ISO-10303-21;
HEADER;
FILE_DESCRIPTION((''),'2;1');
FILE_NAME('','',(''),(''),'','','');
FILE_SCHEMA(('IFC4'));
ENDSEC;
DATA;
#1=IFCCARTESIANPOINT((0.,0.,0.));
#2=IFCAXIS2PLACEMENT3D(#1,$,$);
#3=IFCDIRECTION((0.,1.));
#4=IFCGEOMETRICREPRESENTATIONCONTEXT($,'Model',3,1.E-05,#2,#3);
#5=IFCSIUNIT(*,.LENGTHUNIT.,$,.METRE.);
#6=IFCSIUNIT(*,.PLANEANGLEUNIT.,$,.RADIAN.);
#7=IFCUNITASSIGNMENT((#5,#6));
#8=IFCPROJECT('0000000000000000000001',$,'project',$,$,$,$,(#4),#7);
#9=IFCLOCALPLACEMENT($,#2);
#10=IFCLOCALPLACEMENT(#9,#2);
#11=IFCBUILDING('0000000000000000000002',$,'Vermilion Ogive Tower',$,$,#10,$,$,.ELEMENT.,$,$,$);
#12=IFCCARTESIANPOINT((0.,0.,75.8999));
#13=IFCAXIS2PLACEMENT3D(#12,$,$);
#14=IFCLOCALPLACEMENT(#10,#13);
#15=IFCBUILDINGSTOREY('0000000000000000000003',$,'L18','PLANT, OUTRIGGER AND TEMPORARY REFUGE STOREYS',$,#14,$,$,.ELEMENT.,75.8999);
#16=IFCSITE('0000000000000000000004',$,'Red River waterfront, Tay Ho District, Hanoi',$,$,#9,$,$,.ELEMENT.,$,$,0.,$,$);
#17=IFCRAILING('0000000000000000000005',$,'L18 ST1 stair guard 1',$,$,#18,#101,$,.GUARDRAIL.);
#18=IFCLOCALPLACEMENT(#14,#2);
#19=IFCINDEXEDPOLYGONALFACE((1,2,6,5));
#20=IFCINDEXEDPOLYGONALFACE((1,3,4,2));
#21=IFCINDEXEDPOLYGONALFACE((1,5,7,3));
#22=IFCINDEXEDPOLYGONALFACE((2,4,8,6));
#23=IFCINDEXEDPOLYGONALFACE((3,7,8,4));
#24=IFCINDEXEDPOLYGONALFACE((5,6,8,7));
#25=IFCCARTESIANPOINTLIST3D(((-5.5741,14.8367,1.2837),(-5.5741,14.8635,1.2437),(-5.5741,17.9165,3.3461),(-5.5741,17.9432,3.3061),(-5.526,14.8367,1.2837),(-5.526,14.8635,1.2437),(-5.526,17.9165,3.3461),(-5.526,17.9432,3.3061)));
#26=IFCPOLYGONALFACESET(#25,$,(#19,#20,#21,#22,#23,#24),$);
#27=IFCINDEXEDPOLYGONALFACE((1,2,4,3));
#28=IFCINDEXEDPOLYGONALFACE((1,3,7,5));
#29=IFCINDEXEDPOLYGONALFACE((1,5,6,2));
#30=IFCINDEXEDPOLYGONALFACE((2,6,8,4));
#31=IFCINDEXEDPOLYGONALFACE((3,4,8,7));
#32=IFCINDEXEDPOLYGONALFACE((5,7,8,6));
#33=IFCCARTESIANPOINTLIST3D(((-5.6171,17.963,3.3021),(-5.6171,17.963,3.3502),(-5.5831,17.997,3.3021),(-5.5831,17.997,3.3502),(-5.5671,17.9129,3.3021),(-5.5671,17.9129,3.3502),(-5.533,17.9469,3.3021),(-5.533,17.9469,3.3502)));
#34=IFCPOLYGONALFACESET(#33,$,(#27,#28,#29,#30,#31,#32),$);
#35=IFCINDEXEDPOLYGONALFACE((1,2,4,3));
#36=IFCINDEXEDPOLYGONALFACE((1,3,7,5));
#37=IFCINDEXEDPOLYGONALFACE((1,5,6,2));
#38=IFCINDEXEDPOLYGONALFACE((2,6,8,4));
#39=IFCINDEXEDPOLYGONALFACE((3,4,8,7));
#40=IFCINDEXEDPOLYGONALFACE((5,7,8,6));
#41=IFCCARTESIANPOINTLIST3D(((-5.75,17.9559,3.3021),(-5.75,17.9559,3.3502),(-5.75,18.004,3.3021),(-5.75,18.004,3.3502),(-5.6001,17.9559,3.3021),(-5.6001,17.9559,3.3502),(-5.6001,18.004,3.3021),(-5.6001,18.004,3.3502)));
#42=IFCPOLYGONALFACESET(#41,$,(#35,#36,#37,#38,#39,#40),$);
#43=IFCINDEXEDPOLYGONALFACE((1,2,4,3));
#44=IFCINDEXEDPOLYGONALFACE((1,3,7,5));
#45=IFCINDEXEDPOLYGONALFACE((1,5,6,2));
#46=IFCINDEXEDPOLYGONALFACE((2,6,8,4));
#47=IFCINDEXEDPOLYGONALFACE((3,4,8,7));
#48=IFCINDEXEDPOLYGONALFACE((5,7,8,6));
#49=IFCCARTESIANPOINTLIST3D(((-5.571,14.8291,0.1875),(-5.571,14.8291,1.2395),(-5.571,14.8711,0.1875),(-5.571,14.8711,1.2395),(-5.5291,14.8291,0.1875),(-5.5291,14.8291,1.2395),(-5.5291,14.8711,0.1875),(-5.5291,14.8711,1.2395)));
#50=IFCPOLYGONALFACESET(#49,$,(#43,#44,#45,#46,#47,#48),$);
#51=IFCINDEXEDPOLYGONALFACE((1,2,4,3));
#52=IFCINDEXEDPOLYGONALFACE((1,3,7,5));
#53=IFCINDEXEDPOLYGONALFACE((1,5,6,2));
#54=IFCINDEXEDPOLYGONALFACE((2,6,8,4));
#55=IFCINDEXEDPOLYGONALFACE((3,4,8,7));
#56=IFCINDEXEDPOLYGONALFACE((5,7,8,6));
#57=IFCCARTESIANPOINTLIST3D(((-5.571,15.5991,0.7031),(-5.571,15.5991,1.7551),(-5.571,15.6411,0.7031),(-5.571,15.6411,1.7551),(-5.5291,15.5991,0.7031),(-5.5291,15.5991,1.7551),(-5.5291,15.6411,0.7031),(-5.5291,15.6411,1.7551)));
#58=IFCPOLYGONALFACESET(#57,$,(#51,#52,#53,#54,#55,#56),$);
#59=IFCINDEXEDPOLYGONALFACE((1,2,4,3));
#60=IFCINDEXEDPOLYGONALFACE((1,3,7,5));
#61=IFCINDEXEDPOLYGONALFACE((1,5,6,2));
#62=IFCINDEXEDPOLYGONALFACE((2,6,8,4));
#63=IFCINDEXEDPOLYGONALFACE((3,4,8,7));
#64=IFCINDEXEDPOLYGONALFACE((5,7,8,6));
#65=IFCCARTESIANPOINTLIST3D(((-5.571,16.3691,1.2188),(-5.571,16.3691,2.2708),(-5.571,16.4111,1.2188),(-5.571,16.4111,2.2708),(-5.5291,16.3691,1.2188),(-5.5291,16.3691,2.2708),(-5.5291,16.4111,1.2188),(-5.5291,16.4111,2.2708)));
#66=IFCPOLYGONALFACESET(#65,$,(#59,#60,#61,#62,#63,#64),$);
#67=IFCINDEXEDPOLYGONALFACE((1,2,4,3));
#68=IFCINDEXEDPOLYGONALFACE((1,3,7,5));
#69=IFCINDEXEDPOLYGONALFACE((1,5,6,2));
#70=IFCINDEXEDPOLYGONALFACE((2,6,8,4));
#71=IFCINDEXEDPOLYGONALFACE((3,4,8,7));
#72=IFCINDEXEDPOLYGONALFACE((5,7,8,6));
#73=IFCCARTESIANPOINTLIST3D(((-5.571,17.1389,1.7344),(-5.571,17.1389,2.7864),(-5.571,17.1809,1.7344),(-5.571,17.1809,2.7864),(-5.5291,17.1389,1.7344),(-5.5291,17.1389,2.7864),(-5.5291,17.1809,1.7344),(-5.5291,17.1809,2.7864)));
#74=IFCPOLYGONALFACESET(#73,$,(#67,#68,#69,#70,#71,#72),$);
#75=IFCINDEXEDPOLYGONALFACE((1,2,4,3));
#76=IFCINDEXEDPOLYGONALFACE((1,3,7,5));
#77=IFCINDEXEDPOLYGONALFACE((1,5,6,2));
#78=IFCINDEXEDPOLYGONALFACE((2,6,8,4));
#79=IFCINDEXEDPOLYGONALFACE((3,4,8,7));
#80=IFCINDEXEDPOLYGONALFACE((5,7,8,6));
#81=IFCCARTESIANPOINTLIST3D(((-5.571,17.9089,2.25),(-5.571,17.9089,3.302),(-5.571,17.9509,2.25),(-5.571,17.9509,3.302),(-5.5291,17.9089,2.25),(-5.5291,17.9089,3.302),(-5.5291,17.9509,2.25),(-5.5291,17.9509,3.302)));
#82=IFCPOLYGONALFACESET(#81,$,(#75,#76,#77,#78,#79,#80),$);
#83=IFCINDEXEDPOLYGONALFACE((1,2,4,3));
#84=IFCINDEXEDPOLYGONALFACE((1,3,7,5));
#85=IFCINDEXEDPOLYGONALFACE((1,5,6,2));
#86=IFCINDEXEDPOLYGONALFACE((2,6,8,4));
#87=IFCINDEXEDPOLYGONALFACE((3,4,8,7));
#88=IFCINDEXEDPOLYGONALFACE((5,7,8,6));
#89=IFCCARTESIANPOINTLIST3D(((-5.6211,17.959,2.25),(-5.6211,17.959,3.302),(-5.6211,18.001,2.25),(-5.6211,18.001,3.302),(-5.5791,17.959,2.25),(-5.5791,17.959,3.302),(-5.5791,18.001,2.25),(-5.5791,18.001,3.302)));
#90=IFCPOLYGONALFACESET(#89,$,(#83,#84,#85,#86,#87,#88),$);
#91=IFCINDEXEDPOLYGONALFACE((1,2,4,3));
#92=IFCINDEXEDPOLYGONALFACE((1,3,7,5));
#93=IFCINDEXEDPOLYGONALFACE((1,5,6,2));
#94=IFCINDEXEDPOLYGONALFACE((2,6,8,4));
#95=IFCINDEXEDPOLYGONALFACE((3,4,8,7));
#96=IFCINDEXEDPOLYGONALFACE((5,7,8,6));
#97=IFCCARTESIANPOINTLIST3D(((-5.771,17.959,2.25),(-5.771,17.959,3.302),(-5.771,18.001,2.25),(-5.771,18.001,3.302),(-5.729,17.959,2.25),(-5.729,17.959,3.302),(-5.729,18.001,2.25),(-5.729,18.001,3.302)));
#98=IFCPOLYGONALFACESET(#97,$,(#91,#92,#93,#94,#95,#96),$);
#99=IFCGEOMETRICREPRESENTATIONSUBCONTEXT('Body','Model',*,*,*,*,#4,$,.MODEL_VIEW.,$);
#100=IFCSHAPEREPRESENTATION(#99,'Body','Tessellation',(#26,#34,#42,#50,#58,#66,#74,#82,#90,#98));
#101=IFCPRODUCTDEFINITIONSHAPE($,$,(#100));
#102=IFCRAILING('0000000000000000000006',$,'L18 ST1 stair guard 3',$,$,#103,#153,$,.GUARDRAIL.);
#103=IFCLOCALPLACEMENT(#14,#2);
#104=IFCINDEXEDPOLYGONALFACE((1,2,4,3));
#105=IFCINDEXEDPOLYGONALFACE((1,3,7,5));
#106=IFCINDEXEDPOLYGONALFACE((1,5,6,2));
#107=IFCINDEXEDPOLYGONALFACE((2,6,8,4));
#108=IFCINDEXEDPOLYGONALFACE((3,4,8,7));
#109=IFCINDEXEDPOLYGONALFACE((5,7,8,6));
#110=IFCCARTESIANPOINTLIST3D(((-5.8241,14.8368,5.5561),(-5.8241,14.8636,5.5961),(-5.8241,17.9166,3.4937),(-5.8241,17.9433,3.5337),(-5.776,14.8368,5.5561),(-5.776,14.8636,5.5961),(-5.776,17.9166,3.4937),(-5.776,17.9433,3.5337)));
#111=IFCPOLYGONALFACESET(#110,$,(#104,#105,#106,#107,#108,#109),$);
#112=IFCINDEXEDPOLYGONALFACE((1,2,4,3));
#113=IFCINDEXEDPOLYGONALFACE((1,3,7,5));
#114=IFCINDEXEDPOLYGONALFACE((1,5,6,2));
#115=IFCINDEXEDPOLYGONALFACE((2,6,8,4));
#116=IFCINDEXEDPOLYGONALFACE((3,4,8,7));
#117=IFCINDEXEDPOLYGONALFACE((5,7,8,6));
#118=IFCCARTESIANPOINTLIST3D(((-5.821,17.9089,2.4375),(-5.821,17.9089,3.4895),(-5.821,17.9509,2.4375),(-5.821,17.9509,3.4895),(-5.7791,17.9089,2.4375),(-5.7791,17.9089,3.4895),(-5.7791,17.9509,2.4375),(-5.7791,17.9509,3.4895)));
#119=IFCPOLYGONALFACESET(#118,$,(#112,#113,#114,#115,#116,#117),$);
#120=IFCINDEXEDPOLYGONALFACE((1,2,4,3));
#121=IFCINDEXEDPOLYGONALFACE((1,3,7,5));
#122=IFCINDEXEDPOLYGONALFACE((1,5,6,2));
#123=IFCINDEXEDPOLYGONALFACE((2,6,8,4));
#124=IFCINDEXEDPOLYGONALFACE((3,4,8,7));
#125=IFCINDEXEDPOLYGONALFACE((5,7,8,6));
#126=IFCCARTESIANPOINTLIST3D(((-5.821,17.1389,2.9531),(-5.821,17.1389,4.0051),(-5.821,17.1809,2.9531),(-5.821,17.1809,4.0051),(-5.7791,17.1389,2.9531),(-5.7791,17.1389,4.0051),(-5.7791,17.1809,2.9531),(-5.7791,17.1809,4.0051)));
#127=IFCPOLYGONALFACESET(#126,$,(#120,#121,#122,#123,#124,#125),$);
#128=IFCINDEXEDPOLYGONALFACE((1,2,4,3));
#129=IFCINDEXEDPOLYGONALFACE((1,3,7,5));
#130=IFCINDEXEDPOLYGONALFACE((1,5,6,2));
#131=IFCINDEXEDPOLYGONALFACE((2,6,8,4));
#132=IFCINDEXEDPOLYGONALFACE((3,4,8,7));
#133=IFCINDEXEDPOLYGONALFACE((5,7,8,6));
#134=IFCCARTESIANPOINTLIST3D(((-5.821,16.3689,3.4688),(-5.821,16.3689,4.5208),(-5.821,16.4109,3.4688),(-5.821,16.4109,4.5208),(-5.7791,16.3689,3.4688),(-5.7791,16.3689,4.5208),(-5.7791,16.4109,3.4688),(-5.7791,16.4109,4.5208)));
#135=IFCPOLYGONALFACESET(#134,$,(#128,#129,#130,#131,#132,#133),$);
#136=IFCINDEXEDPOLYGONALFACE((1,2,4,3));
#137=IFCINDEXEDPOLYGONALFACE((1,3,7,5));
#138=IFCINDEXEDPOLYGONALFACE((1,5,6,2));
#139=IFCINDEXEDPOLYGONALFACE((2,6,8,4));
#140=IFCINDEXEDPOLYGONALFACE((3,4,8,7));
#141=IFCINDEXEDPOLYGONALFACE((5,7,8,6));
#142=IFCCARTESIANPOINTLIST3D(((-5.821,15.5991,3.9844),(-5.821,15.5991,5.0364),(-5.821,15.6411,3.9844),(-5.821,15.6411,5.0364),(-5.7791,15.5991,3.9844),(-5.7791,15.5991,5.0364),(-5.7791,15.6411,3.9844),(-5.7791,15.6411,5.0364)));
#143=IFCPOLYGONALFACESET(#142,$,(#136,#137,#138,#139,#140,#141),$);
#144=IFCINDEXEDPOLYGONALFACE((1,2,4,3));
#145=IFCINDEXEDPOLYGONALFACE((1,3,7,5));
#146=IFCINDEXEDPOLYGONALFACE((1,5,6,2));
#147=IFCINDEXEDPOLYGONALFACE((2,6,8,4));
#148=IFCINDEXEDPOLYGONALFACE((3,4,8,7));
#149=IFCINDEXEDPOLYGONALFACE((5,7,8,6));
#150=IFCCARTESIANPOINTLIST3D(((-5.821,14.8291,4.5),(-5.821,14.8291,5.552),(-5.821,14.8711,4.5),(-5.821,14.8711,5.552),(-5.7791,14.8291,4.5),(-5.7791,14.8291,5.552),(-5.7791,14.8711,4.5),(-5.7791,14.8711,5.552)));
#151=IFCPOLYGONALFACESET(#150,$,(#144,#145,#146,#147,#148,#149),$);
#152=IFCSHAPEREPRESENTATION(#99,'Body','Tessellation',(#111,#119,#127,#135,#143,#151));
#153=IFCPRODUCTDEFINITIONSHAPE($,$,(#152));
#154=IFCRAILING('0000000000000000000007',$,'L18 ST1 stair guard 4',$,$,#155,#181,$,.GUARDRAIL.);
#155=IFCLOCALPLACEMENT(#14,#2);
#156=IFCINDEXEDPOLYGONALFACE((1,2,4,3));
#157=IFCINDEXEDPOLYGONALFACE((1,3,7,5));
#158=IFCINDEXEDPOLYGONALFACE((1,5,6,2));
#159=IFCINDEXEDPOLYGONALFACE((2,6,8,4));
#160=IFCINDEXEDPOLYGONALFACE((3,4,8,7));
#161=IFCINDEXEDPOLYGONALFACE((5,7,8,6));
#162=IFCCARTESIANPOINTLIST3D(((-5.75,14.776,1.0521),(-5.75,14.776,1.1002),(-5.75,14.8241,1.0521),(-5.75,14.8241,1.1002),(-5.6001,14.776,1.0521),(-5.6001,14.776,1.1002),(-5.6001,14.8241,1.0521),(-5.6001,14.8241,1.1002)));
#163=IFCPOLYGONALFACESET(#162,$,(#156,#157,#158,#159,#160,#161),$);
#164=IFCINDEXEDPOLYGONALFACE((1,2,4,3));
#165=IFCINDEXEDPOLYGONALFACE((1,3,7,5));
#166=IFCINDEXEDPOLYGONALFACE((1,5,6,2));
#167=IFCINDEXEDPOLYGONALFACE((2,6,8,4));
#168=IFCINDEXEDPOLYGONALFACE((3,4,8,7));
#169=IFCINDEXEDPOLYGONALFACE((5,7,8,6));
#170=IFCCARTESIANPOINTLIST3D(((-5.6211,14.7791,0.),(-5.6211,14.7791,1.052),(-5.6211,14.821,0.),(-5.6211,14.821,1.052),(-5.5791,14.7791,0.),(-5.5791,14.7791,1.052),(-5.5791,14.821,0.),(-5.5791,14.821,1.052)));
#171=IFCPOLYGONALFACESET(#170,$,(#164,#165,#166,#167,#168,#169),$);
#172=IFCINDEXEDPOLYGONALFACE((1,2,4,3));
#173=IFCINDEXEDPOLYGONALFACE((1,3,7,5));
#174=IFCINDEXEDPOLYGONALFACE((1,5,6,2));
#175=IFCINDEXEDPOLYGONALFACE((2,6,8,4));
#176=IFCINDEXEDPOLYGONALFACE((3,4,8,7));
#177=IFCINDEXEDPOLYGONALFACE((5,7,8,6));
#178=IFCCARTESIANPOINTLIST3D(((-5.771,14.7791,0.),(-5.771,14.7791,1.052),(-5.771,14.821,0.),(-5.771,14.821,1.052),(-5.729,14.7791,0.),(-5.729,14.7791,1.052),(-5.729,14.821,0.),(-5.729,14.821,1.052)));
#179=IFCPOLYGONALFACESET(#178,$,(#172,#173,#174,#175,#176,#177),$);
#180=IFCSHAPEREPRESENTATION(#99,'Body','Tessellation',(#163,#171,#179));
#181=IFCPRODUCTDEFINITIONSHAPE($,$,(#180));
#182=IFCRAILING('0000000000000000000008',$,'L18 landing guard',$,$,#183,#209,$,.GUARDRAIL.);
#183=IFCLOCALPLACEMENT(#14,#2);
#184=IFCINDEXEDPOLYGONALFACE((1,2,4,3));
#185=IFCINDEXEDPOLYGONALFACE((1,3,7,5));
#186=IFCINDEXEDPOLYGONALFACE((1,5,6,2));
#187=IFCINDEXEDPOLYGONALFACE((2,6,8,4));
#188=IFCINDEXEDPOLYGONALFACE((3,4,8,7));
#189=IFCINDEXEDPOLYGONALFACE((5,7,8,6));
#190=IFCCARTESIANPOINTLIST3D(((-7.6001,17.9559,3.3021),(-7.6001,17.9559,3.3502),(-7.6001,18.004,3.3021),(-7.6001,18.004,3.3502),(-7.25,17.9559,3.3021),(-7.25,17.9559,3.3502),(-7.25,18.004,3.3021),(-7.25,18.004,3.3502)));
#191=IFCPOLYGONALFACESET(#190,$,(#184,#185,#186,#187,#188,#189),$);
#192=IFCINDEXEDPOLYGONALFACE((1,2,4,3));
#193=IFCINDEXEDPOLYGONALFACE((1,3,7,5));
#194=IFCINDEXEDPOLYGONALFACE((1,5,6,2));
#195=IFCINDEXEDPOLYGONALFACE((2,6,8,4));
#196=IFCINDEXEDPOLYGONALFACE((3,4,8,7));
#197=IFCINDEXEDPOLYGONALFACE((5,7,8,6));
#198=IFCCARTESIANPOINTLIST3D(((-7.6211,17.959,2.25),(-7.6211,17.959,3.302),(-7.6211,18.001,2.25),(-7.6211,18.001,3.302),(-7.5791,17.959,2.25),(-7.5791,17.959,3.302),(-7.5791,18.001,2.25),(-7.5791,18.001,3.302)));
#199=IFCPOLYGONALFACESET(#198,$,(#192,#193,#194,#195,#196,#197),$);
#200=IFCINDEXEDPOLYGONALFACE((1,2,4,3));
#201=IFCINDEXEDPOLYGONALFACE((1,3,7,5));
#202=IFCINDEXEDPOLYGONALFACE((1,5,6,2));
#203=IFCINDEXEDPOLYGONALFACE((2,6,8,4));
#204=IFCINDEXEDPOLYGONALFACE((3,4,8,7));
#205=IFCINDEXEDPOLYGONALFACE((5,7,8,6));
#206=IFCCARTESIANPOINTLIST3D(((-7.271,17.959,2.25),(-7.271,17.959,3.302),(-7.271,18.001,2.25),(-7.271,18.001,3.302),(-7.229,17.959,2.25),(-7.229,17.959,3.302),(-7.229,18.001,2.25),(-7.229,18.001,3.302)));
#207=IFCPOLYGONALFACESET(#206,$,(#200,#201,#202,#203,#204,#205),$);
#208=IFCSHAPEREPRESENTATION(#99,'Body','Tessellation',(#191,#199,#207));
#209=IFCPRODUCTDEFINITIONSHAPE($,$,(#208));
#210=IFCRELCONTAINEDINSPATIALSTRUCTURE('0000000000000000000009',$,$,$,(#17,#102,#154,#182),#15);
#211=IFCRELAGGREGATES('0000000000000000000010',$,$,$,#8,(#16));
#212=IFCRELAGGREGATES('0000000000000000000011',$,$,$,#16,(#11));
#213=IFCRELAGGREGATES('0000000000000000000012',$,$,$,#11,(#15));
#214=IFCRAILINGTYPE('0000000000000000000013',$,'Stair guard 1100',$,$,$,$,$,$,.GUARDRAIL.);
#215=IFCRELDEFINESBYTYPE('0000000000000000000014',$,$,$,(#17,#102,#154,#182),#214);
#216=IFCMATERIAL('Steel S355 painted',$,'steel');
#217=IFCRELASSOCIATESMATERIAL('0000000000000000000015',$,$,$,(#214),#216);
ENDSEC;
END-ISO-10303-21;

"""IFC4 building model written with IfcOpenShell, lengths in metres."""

from ifc_helpers import new_model, si_unit, direction, frame, origin, origin_2d, place, context, subcontext, project, spatial, rectangle, extrude, material, type_object, element, save


model = new_model("IFC4")

# Units and contexts
model_context = context("Model", 3, precision=1e-05, world=origin(), true_north=direction((0.0, 1.0)))
body_context = subcontext(model_context, "Body", "Model", "MODEL_VIEW")
ifc_project = project(units=[si_unit("LENGTHUNIT", "METRE"), si_unit("PLANEANGLEUNIT", "RADIAN")], contexts=[model_context])

# Site, building, storey
site_placement = place(None, origin())
site = spatial("IfcSite", under=ifc_project, at=site_placement, Name="Red River waterfront, Tay Ho District, Hanoi", CompositionType="ELEMENT", RefElevation=0.0)
building_placement = place(site_placement, origin())
building = spatial("IfcBuilding", under=site, at=building_placement, Name="Vermilion Ogive Tower", CompositionType="ELEMENT")
storey_placement = place(building_placement, frame((0.0, 0.0, 75.8999)))
storey = spatial("IfcBuildingStorey", under=building, at=storey_placement, Name="L18", Description="PLANT, OUTRIGGER AND TEMPORARY REFUGE STOREYS", CompositionType="ELEMENT", Elevation=75.8999)

# Railings
ifc_material_1 = material(Name="Steel S355 painted", Category="steel")
railing_type_1 = type_object("IfcRailingType", Name="Stair guard 1100", PredefinedType="GUARDRAIL", material=ifc_material_1)
railing_1_placement = place(storey_placement, frame((-5.55, 14.8501, 0.1875)))
element("IfcRailing", 1, at=railing_1_placement, inside=storey, type_object=railing_type_1, Name="L18 ST1 stair guard 1", PredefinedType="GUARDRAIL", context=body_context, shape_type="SweptSolid", body=[
    extrude(rectangle(XDim=0.0481, YDim=0.0481, at=origin_2d()), frame((0.0, 0.0, 1.0762), z_axis=(0.0, 0.830893, 0.556432), x_axis=(-1.0, 0.0, 0.0)), (0.0, 0.0, 1.0), 3.7065),
    extrude(rectangle(XDim=0.0481, YDim=0.0481, at=origin_2d()), frame((0.0, 3.0798, 3.1387), z_axis=(-0.707107, 0.707107, 0.0), x_axis=(-0.707107, -0.707107, 0.0)), (0.0, 0.0, 1.0), 0.0708),
    extrude(rectangle(XDim=0.0481, YDim=0.0481, at=origin_2d()), frame((-0.05, 3.1299, 3.1387), z_axis=(-1.0, 0.0, 0.0), x_axis=(0.0, -1.0, 0.0)), (0.0, 0.0, 1.0), 0.1499),
    extrude(rectangle(XDim=0.042, YDim=0.042, at=origin_2d()), origin(), (0.0, 0.0, 1.0), 1.052),
    extrude(rectangle(XDim=0.042, YDim=0.042, at=origin_2d()), frame((0.0, 0.77, 0.5156)), (0.0, 0.0, 1.0), 1.052),
    extrude(rectangle(XDim=0.042, YDim=0.042, at=origin_2d()), frame((0.0, 1.54, 1.0312)), (0.0, 0.0, 1.0), 1.052),
    extrude(rectangle(XDim=0.042, YDim=0.042, at=origin_2d()), frame((0.0, 2.3098, 1.5469)), (0.0, 0.0, 1.0), 1.052),
    extrude(rectangle(XDim=0.042, YDim=0.042, at=origin_2d()), frame((0.0, 3.0798, 2.0625)), (0.0, 0.0, 1.0), 1.052),
    extrude(rectangle(XDim=0.042, YDim=0.042, at=origin_2d()), frame((-0.05, 3.1299, 2.0625)), (0.0, 0.0, 1.0), 1.052),
    extrude(rectangle(XDim=0.042, YDim=0.042, at=origin_2d()), frame((-0.2, 3.1299, 2.0625)), (0.0, 0.0, 1.0), 1.052),
])
railing_2_placement = place(storey_placement, frame((-5.8, 17.9299, 2.4375)))
element("IfcRailing", 2, at=railing_2_placement, inside=storey, type_object=railing_type_1, Name="L18 ST1 stair guard 3", PredefinedType="GUARDRAIL", context=body_context, shape_type="SweptSolid", body=[
    extrude(rectangle(XDim=0.0481, YDim=0.0481, at=origin_2d()), frame((0.0, 0.0, 1.0762), z_axis=(0.0, -0.830893, 0.556432), x_axis=(1.0, 0.0, 0.0)), (0.0, 0.0, 1.0), 3.7065),
    extrude(rectangle(XDim=0.042, YDim=0.042, at=origin_2d()), origin(), (0.0, 0.0, 1.0), 1.052),
    extrude(rectangle(XDim=0.042, YDim=0.042, at=origin_2d()), frame((0.0, -0.77, 0.5156)), (0.0, 0.0, 1.0), 1.052),
    extrude(rectangle(XDim=0.042, YDim=0.042, at=origin_2d()), frame((0.0, -1.54, 1.0312)), (0.0, 0.0, 1.0), 1.052),
    extrude(rectangle(XDim=0.042, YDim=0.042, at=origin_2d()), frame((0.0, -2.3098, 1.5469)), (0.0, 0.0, 1.0), 1.052),
    extrude(rectangle(XDim=0.042, YDim=0.042, at=origin_2d()), frame((0.0, -3.0798, 2.0625)), (0.0, 0.0, 1.0), 1.052),
])
railing_3_placement = place(storey_placement, frame((-5.6001, 14.8, 0.0)))
element("IfcRailing", 3, at=railing_3_placement, inside=storey, type_object=railing_type_1, Name="L18 ST1 stair guard 4", PredefinedType="GUARDRAIL", context=body_context, shape_type="SweptSolid", body=[
    extrude(rectangle(XDim=0.0481, YDim=0.0481, at=origin_2d()), frame((0.0, 0.0, 1.0762), z_axis=(-1.0, 0.0, 0.0), x_axis=(0.0, -1.0, 0.0)), (0.0, 0.0, 1.0), 0.1499),
    extrude(rectangle(XDim=0.042, YDim=0.042, at=origin_2d()), origin(), (0.0, 0.0, 1.0), 1.052),
    extrude(rectangle(XDim=0.042, YDim=0.042, at=origin_2d()), frame((-0.1499, 0.0, 0.0)), (0.0, 0.0, 1.0), 1.052),
])
railing_4_placement = place(storey_placement, frame((-7.6001, 17.98, 2.25)))
element("IfcRailing", 4, at=railing_4_placement, inside=storey, type_object=railing_type_1, Name="L18 landing guard", PredefinedType="GUARDRAIL", context=body_context, shape_type="SweptSolid", body=[
    extrude(rectangle(XDim=0.0481, YDim=0.0481, at=origin_2d()), frame((0.0, 0.0, 1.0762), z_axis=(1.0, 0.0, 0.0), x_axis=(0.0, 1.0, 0.0)), (0.0, 0.0, 1.0), 0.3501),
    extrude(rectangle(XDim=0.042, YDim=0.042, at=origin_2d()), origin(), (0.0, 0.0, 1.0), 1.052),
    extrude(rectangle(XDim=0.042, YDim=0.042, at=origin_2d()), frame((0.3501, 0.0, 0.0)), (0.0, 0.0, 1.0), 1.052),
])

save(model, "model.ifc")
